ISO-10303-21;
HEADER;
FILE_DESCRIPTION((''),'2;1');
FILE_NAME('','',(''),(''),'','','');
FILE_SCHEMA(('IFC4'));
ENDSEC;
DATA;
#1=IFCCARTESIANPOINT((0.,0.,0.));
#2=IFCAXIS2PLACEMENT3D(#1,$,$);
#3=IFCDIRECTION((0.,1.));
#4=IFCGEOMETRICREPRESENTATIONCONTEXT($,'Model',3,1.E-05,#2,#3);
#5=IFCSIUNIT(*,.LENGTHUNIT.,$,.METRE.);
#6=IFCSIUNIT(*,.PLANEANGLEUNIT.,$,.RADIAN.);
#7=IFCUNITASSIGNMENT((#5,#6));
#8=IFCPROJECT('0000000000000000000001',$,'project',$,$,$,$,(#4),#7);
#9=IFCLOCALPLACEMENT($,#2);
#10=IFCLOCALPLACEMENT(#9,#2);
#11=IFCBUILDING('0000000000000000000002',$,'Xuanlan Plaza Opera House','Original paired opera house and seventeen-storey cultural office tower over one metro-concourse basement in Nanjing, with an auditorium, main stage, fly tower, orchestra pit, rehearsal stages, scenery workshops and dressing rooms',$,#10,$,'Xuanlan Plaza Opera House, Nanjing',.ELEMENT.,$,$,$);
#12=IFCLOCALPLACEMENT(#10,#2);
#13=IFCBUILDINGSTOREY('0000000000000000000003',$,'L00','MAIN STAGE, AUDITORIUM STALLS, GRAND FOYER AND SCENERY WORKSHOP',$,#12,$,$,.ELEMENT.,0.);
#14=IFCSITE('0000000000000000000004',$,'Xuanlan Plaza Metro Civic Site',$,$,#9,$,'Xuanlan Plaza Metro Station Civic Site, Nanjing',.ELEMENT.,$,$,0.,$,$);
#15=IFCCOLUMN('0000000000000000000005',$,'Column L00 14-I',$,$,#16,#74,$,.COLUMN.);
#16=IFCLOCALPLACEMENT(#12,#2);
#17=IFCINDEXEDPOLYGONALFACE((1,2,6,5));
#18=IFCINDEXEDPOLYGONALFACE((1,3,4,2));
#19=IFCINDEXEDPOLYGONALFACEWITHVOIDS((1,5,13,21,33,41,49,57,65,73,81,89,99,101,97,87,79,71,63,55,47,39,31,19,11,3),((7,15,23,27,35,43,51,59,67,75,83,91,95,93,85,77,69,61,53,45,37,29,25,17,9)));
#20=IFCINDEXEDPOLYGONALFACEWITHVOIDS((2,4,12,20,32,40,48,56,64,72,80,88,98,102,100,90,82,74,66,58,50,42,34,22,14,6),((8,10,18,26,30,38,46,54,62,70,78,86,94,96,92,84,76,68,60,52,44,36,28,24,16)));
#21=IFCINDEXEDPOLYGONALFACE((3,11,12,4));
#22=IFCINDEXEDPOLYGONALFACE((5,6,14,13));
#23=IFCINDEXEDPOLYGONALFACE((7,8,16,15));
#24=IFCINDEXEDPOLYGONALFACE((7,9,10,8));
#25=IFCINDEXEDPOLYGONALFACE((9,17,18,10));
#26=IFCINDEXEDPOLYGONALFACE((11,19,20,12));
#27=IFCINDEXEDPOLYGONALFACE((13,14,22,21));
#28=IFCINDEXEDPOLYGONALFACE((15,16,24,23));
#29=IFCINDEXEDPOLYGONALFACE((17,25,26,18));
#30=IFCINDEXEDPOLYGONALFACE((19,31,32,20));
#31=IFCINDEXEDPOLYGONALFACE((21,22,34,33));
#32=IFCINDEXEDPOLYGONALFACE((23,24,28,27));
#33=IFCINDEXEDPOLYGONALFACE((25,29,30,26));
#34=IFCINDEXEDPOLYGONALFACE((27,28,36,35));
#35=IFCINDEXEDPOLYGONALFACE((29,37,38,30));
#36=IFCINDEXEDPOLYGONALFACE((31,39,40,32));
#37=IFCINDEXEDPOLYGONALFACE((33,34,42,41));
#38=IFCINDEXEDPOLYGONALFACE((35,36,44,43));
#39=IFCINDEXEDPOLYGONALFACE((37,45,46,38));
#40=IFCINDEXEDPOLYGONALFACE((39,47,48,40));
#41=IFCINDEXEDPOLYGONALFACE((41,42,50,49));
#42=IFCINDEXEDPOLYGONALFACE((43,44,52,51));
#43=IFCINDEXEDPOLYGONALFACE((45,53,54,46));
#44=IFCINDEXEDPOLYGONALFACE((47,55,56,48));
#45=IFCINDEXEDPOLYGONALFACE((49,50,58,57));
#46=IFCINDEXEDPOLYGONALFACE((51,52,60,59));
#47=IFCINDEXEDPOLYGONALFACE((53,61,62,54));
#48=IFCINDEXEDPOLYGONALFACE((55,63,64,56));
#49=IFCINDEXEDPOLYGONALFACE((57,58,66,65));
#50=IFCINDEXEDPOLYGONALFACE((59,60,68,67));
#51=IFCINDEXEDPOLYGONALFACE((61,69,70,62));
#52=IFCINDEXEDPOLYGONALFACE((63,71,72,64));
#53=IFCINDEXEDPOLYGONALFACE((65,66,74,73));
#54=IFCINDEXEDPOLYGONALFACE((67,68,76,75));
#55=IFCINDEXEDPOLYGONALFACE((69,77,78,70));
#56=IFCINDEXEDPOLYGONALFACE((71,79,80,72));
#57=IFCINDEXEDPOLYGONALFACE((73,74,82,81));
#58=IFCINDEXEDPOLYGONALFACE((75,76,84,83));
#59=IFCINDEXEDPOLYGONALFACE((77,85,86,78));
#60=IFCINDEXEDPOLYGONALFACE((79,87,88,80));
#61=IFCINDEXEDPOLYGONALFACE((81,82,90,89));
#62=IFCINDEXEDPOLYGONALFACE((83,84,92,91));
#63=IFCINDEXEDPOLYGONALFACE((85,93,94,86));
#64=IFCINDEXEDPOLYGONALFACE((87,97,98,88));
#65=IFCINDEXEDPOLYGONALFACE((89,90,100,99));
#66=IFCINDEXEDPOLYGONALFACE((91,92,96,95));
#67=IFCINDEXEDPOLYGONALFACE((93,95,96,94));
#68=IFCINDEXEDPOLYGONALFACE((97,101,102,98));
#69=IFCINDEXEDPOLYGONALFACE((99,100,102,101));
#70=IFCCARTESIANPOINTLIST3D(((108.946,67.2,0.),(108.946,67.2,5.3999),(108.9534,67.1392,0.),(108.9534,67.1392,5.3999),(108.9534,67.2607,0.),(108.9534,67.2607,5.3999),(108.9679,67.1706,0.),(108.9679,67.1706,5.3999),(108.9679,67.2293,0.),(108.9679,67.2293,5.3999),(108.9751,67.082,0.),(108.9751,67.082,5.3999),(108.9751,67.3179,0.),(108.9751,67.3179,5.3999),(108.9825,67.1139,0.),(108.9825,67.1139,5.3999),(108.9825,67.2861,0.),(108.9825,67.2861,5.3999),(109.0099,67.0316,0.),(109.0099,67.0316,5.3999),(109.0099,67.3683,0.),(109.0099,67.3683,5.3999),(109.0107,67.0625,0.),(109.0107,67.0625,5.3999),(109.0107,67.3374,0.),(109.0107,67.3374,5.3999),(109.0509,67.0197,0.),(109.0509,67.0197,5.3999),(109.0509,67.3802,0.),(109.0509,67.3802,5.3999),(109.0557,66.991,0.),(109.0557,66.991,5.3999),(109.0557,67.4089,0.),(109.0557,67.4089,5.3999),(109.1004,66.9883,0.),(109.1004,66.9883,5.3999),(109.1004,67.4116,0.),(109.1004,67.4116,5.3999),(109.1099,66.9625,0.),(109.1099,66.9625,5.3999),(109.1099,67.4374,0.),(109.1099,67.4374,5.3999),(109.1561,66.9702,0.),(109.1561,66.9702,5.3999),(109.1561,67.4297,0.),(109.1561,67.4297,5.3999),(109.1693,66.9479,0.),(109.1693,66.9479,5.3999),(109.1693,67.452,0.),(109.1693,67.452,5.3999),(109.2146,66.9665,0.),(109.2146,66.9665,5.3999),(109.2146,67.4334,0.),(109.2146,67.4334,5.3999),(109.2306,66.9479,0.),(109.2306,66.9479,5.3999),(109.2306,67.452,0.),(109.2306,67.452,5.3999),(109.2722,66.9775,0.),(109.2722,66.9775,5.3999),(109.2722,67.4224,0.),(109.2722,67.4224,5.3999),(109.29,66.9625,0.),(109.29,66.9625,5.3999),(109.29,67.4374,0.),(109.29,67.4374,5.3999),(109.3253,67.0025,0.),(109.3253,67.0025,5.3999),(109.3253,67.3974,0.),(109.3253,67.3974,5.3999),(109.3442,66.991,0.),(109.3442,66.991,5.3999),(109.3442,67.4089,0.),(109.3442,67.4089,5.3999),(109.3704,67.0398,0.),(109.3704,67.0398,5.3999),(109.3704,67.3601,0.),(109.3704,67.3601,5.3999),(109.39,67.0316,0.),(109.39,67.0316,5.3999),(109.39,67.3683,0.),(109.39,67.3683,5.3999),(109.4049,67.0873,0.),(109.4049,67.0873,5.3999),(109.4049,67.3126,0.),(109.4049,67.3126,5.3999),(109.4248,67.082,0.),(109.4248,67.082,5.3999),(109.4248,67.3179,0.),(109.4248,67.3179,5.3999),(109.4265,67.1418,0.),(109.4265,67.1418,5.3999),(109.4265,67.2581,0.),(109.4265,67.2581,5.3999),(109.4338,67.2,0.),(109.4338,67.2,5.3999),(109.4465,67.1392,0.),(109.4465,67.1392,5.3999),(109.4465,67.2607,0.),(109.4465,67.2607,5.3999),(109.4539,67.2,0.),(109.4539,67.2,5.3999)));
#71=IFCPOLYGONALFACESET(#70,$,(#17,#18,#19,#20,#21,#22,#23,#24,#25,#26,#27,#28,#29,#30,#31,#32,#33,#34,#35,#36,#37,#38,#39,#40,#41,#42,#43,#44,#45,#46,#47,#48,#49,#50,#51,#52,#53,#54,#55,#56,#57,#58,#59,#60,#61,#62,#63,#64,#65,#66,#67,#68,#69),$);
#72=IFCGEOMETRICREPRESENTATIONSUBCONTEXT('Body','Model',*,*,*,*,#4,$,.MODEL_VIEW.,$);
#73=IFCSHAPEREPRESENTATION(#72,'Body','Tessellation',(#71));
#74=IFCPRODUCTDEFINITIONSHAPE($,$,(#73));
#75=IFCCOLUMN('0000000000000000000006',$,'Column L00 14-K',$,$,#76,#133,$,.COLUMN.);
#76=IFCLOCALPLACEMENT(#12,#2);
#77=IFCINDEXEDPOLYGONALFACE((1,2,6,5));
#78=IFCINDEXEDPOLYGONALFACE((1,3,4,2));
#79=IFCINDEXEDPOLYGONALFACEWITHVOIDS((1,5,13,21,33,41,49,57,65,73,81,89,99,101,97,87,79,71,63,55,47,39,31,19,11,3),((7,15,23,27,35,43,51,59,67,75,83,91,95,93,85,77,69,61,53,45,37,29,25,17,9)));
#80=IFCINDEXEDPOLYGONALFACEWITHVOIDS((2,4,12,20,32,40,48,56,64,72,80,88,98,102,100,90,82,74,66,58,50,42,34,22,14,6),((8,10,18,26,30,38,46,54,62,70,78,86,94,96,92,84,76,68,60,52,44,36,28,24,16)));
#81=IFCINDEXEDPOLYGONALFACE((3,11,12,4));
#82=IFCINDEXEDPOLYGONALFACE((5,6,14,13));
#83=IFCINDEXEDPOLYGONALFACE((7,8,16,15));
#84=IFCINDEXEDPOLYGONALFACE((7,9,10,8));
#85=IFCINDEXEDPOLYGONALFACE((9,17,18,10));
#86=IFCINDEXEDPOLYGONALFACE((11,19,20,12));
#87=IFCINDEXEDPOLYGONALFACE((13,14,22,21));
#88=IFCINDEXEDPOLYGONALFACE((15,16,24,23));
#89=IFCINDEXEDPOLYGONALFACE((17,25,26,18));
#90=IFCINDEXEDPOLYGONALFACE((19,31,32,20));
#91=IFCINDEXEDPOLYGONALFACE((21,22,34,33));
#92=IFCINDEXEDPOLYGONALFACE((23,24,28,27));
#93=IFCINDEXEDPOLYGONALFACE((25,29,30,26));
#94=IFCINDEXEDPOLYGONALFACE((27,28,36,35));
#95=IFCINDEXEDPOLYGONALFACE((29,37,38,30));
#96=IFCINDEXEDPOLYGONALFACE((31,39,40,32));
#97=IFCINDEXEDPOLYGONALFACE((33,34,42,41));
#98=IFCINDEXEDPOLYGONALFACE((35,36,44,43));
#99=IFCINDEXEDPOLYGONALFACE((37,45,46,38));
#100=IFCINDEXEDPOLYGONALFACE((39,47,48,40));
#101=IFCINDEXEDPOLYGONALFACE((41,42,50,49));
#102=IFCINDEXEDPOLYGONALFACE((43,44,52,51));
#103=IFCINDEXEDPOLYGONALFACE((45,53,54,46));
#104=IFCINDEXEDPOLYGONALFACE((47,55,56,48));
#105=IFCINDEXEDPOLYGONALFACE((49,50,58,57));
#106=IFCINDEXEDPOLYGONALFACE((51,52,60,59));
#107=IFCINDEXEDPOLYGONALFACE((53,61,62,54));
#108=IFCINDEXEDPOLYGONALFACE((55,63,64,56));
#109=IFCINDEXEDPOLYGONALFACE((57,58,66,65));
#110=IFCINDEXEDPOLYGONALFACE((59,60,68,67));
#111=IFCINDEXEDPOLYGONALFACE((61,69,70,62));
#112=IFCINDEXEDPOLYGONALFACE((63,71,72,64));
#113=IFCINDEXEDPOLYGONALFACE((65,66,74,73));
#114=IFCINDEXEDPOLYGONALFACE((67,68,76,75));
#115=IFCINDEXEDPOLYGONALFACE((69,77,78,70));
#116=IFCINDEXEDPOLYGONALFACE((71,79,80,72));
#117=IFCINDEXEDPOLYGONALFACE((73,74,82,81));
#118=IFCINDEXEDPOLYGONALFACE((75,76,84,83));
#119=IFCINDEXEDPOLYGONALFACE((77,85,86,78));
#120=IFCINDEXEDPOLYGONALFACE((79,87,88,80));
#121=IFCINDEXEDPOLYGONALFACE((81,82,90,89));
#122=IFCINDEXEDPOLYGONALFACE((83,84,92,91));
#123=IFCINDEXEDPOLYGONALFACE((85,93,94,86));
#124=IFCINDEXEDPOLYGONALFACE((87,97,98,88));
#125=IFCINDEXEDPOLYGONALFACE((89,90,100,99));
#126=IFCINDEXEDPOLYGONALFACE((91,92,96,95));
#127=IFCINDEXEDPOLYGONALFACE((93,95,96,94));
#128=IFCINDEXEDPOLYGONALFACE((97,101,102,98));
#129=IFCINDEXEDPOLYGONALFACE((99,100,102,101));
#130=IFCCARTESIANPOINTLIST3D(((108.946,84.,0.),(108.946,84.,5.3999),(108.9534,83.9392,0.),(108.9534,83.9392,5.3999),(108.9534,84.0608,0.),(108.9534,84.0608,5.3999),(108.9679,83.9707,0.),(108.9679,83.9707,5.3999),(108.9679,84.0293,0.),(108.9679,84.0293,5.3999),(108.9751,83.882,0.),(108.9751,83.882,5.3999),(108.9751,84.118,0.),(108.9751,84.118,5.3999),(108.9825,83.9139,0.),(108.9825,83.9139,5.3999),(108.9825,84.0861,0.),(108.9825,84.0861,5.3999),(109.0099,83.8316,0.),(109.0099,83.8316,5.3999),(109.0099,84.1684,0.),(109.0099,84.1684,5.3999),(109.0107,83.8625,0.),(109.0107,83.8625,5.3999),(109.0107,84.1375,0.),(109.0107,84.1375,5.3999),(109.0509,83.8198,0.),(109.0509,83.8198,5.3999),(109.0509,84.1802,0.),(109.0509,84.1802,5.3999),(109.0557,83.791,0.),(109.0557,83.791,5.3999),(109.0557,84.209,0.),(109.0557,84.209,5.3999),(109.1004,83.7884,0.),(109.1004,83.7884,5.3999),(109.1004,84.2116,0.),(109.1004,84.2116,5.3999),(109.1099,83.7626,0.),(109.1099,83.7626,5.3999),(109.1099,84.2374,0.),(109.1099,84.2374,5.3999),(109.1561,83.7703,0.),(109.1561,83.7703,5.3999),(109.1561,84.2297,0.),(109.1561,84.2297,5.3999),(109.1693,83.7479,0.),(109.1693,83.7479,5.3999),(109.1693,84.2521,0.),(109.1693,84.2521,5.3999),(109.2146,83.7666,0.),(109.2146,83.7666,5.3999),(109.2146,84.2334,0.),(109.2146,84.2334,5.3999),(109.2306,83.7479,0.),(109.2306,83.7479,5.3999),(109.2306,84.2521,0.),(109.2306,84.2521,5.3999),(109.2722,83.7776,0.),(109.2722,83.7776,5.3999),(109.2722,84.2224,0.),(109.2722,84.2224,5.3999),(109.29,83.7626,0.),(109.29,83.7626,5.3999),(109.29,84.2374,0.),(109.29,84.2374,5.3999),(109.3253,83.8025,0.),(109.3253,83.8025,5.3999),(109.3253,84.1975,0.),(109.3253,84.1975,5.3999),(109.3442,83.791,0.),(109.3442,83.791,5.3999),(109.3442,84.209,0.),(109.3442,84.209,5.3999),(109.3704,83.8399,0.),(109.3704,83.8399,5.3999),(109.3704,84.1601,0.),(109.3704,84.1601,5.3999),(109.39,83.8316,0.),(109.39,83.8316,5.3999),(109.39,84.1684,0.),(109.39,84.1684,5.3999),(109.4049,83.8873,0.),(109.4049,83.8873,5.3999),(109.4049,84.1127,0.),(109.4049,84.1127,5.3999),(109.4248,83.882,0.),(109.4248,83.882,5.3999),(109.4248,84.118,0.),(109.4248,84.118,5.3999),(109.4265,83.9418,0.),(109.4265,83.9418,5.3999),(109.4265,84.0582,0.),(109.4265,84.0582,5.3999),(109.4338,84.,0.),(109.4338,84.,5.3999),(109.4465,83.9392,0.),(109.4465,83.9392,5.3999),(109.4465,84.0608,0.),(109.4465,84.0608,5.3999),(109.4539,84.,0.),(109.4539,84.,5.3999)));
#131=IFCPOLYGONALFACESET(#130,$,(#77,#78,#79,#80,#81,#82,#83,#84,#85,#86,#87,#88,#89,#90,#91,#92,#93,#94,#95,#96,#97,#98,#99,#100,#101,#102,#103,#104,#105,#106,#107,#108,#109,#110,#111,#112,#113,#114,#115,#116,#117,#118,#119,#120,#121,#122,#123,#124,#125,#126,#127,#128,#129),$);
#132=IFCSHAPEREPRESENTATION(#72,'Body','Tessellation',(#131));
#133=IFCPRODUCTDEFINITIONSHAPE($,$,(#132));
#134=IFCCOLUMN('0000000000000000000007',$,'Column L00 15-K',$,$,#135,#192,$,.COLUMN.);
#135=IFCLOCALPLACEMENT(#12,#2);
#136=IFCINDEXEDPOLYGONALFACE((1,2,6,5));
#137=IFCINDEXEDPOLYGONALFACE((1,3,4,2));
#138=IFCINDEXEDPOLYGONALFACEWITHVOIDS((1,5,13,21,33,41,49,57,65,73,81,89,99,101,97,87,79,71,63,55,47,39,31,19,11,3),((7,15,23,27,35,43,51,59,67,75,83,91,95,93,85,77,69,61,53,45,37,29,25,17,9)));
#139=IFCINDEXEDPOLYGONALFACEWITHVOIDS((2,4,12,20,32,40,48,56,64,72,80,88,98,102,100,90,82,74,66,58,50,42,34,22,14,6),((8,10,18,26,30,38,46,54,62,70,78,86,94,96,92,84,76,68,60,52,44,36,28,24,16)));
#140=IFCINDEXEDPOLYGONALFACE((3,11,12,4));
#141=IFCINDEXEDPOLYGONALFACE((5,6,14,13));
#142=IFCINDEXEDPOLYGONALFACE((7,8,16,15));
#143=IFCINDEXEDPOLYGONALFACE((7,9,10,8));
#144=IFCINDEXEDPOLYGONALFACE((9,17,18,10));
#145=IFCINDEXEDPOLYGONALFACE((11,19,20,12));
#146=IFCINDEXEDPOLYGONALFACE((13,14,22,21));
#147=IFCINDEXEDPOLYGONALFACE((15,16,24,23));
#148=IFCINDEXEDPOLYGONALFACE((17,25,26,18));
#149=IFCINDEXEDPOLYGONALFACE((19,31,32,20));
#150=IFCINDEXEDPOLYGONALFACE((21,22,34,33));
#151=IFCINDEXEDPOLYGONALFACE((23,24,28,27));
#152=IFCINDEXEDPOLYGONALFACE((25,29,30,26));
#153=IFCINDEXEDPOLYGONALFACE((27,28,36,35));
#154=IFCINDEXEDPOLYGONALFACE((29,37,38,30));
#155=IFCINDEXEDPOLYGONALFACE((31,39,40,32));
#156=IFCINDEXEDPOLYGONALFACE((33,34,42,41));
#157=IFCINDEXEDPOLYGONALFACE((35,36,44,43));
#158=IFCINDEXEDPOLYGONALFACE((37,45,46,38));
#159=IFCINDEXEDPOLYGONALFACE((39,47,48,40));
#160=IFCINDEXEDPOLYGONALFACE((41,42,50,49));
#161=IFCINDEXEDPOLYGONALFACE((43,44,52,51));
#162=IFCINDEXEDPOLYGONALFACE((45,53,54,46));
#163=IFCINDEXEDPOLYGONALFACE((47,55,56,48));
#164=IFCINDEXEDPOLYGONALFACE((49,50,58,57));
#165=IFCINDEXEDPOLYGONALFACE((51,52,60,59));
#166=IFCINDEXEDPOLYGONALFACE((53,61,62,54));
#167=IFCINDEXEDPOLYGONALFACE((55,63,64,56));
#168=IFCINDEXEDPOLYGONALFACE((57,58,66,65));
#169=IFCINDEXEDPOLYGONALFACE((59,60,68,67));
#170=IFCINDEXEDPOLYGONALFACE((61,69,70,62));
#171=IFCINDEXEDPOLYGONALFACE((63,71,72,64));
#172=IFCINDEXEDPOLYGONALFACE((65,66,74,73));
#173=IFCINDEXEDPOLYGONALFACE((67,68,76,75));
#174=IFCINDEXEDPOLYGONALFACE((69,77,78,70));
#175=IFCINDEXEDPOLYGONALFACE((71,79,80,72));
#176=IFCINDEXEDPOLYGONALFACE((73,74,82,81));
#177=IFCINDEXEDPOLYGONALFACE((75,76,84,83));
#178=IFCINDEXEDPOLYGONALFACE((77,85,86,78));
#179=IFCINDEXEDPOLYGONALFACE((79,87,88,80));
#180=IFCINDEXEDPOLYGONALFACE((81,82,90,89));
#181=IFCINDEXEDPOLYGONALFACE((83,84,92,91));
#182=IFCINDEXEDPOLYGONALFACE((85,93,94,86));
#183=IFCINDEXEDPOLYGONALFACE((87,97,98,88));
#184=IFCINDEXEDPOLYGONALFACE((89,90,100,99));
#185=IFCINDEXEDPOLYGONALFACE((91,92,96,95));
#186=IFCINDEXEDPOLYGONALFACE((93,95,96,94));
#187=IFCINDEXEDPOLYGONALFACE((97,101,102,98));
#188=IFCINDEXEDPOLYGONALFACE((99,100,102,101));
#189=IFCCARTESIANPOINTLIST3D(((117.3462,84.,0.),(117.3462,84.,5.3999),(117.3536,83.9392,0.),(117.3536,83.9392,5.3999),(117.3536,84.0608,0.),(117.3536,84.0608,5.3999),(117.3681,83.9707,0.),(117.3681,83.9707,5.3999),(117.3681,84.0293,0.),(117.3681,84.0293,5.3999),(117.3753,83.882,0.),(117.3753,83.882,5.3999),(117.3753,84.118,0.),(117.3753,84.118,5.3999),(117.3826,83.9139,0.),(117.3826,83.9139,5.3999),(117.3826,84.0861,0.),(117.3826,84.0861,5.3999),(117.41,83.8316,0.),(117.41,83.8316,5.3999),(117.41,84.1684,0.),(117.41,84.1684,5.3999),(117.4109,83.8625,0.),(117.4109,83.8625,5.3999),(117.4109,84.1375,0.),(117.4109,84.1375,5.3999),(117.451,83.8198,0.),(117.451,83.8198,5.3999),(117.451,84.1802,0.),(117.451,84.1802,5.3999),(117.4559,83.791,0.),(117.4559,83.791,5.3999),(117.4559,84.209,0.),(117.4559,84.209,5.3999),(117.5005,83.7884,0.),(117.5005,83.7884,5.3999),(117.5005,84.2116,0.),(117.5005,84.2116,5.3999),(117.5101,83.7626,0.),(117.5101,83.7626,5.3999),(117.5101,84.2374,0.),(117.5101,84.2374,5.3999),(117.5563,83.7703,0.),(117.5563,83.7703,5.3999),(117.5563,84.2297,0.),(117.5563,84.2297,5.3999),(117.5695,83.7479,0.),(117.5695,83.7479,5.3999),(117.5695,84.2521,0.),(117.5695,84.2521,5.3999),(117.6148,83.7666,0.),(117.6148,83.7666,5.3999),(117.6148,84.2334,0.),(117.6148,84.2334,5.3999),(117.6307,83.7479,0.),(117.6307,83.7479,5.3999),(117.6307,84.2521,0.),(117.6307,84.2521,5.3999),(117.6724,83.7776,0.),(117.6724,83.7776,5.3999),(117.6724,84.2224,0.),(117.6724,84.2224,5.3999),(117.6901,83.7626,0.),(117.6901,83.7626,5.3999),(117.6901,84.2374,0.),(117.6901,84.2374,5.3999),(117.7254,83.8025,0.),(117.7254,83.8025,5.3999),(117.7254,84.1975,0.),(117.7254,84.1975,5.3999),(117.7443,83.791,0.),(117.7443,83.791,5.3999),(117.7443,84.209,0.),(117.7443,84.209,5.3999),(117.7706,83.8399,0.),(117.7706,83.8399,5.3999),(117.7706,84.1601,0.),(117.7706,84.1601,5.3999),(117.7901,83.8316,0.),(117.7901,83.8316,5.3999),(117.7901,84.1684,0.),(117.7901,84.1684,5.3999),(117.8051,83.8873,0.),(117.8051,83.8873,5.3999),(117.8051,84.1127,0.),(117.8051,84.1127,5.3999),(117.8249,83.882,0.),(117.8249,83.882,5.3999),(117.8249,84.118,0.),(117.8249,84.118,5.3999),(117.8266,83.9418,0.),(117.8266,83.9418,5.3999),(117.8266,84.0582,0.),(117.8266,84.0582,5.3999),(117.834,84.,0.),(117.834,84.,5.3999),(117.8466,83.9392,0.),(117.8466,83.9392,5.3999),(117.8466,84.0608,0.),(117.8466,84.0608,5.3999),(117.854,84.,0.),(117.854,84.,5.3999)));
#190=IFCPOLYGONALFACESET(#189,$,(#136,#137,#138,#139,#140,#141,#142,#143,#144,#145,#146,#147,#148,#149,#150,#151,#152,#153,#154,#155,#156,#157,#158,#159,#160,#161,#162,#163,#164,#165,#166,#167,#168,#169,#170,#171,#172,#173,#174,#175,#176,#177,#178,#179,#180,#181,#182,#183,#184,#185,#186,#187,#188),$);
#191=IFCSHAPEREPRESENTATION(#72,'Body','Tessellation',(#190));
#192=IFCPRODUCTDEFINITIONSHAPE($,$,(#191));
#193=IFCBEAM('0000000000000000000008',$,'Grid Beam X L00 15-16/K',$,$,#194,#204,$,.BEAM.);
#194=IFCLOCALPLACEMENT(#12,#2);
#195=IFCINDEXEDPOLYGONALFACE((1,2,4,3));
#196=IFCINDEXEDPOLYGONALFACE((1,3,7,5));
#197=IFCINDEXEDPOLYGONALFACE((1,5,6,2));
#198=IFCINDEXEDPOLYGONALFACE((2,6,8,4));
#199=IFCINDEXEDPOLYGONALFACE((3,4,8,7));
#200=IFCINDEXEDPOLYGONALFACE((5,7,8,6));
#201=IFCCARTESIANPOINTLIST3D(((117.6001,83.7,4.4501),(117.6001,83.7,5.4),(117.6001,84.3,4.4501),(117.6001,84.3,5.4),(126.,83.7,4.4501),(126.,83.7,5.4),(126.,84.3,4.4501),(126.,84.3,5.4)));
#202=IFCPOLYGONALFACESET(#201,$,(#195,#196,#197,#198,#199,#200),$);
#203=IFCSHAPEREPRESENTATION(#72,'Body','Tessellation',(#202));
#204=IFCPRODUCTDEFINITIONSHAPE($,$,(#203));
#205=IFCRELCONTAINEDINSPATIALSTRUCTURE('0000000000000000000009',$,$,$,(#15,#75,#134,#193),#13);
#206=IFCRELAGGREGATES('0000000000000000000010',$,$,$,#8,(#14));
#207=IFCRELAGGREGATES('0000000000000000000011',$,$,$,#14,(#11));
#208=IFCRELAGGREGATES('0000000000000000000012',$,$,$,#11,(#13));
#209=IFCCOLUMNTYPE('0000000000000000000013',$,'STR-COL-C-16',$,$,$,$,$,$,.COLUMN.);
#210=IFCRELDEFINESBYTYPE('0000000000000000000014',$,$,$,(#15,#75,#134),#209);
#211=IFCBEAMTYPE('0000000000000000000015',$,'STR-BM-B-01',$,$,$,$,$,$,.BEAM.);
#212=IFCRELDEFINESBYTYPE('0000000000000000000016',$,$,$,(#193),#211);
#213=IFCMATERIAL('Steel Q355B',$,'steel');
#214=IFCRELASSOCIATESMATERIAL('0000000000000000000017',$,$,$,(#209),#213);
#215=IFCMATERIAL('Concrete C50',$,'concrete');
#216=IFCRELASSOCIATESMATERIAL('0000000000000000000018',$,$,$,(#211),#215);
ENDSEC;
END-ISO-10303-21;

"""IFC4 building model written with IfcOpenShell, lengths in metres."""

from ifc_helpers import new_model, si_unit, direction, frame, origin, origin_2d, place, context, subcontext, project, spatial, rectangle, hollow_circle, extrude, material, material_profile, profile_set, type_object, element, save


model = new_model("IFC4")

# Units and contexts
model_context = context("Model", 3, precision=1e-05, world=origin(), true_north=direction((0.0, 1.0)))
body_context = subcontext(model_context, "Body", "Model", "MODEL_VIEW")
ifc_project = project(units=[si_unit("LENGTHUNIT", "METRE"), si_unit("PLANEANGLEUNIT", "RADIAN")], contexts=[model_context])

# Site, building, storey
site_placement = place(None, origin())
site = spatial("IfcSite", under=ifc_project, at=site_placement, Name="Xuanlan Plaza Metro Civic Site", LongName="Xuanlan Plaza Metro Station Civic Site, Nanjing", CompositionType="ELEMENT", RefElevation=0.0)
building_placement = place(site_placement, origin())
building = spatial("IfcBuilding", under=site, at=building_placement, Name="Xuanlan Plaza Opera House", Description="Original paired opera house and seventeen-storey cultural office tower over one metro-concourse basement in Nanjing, with an auditorium, main stage, fly tower, orchestra pit, rehearsal stages, scenery workshops and dressing rooms", LongName="Xuanlan Plaza Opera House, Nanjing", CompositionType="ELEMENT")
storey_placement = place(building_placement, origin())
storey = spatial("IfcBuildingStorey", under=building, at=storey_placement, Name="L00", Description="MAIN STAGE, AUDITORIUM STALLS, GRAND FOYER AND SCENERY WORKSHOP", CompositionType="ELEMENT", Elevation=0.0)

# Columns
ifc_material_1 = material(Name="Concrete C50", Category="concrete")
ifc_material_2 = material(Name="Steel Q355B", Category="steel")
ifc_material_profile_1 = material_profile(ifc_material_2, hollow_circle(Radius=0.2539, WallThickness=0.02, at=origin_2d()), Name="CHS 508x20")
ifc_profile_set_1 = profile_set([ifc_material_profile_1], Name="Steel Q355B")
column_type_1 = type_object("IfcColumnType", Name="STR-COL-C-16", PredefinedType="COLUMN", material=ifc_profile_set_1)
for number, where, z_axis, x_axis, name in (
    (1, (109.2, 67.2, 0.0), (0.0, 0.0, 1.0), (1.0, 0.0, 0.0), "Column L00 14-I"),
    (2, (109.2, 84.0, 0.0), (0.0, 0.0, 1.0), (1.0, 0.0, 0.0), "Column L00 14-K"),
    (3, (117.6001, 84.0, 0.0), (0.0, 0.0, 1.0), (1.0, 0.0, 0.0), "Column L00 15-K"),
):
    element("IfcColumn", number, at=place(storey_placement, frame(where, z_axis=z_axis, x_axis=x_axis)), inside=storey, type_object=column_type_1, Name=name, PredefinedType="COLUMN", context=body_context, shape_type="SweptSolid", body=[
        extrude(hollow_circle(Radius=0.2539, WallThickness=0.02, at=origin_2d()), origin(), (0.0, 0.0, 1.0), 5.3999),
    ])

# Beam
ifc_material_profile_2 = material_profile(ifc_material_1, rectangle(XDim=0.6001, YDim=0.95, at=origin_2d()), Name="RC-BM 600x950")
ifc_profile_set_2 = profile_set([ifc_material_profile_2], Name="Concrete C50")
beam_type_1 = type_object("IfcBeamType", Name="STR-BM-B-01", PredefinedType="BEAM", material=ifc_profile_set_2)
beam_1_placement = place(storey_placement, frame((117.6001, 84.0, 4.925), z_axis=(1.0, 0.0, 0.0), x_axis=(0.0, 1.0, 0.0)))
element("IfcBeam", 4, at=beam_1_placement, inside=storey, type_object=beam_type_1, Name="Grid Beam X L00 15-16/K", PredefinedType="BEAM", context=body_context, shape_type="SweptSolid", body=[
    extrude(rectangle(XDim=0.6001, YDim=0.95, at=origin_2d()), origin(), (0.0, 0.0, 1.0), 8.3999),
])

save(model, "model.ifc")
